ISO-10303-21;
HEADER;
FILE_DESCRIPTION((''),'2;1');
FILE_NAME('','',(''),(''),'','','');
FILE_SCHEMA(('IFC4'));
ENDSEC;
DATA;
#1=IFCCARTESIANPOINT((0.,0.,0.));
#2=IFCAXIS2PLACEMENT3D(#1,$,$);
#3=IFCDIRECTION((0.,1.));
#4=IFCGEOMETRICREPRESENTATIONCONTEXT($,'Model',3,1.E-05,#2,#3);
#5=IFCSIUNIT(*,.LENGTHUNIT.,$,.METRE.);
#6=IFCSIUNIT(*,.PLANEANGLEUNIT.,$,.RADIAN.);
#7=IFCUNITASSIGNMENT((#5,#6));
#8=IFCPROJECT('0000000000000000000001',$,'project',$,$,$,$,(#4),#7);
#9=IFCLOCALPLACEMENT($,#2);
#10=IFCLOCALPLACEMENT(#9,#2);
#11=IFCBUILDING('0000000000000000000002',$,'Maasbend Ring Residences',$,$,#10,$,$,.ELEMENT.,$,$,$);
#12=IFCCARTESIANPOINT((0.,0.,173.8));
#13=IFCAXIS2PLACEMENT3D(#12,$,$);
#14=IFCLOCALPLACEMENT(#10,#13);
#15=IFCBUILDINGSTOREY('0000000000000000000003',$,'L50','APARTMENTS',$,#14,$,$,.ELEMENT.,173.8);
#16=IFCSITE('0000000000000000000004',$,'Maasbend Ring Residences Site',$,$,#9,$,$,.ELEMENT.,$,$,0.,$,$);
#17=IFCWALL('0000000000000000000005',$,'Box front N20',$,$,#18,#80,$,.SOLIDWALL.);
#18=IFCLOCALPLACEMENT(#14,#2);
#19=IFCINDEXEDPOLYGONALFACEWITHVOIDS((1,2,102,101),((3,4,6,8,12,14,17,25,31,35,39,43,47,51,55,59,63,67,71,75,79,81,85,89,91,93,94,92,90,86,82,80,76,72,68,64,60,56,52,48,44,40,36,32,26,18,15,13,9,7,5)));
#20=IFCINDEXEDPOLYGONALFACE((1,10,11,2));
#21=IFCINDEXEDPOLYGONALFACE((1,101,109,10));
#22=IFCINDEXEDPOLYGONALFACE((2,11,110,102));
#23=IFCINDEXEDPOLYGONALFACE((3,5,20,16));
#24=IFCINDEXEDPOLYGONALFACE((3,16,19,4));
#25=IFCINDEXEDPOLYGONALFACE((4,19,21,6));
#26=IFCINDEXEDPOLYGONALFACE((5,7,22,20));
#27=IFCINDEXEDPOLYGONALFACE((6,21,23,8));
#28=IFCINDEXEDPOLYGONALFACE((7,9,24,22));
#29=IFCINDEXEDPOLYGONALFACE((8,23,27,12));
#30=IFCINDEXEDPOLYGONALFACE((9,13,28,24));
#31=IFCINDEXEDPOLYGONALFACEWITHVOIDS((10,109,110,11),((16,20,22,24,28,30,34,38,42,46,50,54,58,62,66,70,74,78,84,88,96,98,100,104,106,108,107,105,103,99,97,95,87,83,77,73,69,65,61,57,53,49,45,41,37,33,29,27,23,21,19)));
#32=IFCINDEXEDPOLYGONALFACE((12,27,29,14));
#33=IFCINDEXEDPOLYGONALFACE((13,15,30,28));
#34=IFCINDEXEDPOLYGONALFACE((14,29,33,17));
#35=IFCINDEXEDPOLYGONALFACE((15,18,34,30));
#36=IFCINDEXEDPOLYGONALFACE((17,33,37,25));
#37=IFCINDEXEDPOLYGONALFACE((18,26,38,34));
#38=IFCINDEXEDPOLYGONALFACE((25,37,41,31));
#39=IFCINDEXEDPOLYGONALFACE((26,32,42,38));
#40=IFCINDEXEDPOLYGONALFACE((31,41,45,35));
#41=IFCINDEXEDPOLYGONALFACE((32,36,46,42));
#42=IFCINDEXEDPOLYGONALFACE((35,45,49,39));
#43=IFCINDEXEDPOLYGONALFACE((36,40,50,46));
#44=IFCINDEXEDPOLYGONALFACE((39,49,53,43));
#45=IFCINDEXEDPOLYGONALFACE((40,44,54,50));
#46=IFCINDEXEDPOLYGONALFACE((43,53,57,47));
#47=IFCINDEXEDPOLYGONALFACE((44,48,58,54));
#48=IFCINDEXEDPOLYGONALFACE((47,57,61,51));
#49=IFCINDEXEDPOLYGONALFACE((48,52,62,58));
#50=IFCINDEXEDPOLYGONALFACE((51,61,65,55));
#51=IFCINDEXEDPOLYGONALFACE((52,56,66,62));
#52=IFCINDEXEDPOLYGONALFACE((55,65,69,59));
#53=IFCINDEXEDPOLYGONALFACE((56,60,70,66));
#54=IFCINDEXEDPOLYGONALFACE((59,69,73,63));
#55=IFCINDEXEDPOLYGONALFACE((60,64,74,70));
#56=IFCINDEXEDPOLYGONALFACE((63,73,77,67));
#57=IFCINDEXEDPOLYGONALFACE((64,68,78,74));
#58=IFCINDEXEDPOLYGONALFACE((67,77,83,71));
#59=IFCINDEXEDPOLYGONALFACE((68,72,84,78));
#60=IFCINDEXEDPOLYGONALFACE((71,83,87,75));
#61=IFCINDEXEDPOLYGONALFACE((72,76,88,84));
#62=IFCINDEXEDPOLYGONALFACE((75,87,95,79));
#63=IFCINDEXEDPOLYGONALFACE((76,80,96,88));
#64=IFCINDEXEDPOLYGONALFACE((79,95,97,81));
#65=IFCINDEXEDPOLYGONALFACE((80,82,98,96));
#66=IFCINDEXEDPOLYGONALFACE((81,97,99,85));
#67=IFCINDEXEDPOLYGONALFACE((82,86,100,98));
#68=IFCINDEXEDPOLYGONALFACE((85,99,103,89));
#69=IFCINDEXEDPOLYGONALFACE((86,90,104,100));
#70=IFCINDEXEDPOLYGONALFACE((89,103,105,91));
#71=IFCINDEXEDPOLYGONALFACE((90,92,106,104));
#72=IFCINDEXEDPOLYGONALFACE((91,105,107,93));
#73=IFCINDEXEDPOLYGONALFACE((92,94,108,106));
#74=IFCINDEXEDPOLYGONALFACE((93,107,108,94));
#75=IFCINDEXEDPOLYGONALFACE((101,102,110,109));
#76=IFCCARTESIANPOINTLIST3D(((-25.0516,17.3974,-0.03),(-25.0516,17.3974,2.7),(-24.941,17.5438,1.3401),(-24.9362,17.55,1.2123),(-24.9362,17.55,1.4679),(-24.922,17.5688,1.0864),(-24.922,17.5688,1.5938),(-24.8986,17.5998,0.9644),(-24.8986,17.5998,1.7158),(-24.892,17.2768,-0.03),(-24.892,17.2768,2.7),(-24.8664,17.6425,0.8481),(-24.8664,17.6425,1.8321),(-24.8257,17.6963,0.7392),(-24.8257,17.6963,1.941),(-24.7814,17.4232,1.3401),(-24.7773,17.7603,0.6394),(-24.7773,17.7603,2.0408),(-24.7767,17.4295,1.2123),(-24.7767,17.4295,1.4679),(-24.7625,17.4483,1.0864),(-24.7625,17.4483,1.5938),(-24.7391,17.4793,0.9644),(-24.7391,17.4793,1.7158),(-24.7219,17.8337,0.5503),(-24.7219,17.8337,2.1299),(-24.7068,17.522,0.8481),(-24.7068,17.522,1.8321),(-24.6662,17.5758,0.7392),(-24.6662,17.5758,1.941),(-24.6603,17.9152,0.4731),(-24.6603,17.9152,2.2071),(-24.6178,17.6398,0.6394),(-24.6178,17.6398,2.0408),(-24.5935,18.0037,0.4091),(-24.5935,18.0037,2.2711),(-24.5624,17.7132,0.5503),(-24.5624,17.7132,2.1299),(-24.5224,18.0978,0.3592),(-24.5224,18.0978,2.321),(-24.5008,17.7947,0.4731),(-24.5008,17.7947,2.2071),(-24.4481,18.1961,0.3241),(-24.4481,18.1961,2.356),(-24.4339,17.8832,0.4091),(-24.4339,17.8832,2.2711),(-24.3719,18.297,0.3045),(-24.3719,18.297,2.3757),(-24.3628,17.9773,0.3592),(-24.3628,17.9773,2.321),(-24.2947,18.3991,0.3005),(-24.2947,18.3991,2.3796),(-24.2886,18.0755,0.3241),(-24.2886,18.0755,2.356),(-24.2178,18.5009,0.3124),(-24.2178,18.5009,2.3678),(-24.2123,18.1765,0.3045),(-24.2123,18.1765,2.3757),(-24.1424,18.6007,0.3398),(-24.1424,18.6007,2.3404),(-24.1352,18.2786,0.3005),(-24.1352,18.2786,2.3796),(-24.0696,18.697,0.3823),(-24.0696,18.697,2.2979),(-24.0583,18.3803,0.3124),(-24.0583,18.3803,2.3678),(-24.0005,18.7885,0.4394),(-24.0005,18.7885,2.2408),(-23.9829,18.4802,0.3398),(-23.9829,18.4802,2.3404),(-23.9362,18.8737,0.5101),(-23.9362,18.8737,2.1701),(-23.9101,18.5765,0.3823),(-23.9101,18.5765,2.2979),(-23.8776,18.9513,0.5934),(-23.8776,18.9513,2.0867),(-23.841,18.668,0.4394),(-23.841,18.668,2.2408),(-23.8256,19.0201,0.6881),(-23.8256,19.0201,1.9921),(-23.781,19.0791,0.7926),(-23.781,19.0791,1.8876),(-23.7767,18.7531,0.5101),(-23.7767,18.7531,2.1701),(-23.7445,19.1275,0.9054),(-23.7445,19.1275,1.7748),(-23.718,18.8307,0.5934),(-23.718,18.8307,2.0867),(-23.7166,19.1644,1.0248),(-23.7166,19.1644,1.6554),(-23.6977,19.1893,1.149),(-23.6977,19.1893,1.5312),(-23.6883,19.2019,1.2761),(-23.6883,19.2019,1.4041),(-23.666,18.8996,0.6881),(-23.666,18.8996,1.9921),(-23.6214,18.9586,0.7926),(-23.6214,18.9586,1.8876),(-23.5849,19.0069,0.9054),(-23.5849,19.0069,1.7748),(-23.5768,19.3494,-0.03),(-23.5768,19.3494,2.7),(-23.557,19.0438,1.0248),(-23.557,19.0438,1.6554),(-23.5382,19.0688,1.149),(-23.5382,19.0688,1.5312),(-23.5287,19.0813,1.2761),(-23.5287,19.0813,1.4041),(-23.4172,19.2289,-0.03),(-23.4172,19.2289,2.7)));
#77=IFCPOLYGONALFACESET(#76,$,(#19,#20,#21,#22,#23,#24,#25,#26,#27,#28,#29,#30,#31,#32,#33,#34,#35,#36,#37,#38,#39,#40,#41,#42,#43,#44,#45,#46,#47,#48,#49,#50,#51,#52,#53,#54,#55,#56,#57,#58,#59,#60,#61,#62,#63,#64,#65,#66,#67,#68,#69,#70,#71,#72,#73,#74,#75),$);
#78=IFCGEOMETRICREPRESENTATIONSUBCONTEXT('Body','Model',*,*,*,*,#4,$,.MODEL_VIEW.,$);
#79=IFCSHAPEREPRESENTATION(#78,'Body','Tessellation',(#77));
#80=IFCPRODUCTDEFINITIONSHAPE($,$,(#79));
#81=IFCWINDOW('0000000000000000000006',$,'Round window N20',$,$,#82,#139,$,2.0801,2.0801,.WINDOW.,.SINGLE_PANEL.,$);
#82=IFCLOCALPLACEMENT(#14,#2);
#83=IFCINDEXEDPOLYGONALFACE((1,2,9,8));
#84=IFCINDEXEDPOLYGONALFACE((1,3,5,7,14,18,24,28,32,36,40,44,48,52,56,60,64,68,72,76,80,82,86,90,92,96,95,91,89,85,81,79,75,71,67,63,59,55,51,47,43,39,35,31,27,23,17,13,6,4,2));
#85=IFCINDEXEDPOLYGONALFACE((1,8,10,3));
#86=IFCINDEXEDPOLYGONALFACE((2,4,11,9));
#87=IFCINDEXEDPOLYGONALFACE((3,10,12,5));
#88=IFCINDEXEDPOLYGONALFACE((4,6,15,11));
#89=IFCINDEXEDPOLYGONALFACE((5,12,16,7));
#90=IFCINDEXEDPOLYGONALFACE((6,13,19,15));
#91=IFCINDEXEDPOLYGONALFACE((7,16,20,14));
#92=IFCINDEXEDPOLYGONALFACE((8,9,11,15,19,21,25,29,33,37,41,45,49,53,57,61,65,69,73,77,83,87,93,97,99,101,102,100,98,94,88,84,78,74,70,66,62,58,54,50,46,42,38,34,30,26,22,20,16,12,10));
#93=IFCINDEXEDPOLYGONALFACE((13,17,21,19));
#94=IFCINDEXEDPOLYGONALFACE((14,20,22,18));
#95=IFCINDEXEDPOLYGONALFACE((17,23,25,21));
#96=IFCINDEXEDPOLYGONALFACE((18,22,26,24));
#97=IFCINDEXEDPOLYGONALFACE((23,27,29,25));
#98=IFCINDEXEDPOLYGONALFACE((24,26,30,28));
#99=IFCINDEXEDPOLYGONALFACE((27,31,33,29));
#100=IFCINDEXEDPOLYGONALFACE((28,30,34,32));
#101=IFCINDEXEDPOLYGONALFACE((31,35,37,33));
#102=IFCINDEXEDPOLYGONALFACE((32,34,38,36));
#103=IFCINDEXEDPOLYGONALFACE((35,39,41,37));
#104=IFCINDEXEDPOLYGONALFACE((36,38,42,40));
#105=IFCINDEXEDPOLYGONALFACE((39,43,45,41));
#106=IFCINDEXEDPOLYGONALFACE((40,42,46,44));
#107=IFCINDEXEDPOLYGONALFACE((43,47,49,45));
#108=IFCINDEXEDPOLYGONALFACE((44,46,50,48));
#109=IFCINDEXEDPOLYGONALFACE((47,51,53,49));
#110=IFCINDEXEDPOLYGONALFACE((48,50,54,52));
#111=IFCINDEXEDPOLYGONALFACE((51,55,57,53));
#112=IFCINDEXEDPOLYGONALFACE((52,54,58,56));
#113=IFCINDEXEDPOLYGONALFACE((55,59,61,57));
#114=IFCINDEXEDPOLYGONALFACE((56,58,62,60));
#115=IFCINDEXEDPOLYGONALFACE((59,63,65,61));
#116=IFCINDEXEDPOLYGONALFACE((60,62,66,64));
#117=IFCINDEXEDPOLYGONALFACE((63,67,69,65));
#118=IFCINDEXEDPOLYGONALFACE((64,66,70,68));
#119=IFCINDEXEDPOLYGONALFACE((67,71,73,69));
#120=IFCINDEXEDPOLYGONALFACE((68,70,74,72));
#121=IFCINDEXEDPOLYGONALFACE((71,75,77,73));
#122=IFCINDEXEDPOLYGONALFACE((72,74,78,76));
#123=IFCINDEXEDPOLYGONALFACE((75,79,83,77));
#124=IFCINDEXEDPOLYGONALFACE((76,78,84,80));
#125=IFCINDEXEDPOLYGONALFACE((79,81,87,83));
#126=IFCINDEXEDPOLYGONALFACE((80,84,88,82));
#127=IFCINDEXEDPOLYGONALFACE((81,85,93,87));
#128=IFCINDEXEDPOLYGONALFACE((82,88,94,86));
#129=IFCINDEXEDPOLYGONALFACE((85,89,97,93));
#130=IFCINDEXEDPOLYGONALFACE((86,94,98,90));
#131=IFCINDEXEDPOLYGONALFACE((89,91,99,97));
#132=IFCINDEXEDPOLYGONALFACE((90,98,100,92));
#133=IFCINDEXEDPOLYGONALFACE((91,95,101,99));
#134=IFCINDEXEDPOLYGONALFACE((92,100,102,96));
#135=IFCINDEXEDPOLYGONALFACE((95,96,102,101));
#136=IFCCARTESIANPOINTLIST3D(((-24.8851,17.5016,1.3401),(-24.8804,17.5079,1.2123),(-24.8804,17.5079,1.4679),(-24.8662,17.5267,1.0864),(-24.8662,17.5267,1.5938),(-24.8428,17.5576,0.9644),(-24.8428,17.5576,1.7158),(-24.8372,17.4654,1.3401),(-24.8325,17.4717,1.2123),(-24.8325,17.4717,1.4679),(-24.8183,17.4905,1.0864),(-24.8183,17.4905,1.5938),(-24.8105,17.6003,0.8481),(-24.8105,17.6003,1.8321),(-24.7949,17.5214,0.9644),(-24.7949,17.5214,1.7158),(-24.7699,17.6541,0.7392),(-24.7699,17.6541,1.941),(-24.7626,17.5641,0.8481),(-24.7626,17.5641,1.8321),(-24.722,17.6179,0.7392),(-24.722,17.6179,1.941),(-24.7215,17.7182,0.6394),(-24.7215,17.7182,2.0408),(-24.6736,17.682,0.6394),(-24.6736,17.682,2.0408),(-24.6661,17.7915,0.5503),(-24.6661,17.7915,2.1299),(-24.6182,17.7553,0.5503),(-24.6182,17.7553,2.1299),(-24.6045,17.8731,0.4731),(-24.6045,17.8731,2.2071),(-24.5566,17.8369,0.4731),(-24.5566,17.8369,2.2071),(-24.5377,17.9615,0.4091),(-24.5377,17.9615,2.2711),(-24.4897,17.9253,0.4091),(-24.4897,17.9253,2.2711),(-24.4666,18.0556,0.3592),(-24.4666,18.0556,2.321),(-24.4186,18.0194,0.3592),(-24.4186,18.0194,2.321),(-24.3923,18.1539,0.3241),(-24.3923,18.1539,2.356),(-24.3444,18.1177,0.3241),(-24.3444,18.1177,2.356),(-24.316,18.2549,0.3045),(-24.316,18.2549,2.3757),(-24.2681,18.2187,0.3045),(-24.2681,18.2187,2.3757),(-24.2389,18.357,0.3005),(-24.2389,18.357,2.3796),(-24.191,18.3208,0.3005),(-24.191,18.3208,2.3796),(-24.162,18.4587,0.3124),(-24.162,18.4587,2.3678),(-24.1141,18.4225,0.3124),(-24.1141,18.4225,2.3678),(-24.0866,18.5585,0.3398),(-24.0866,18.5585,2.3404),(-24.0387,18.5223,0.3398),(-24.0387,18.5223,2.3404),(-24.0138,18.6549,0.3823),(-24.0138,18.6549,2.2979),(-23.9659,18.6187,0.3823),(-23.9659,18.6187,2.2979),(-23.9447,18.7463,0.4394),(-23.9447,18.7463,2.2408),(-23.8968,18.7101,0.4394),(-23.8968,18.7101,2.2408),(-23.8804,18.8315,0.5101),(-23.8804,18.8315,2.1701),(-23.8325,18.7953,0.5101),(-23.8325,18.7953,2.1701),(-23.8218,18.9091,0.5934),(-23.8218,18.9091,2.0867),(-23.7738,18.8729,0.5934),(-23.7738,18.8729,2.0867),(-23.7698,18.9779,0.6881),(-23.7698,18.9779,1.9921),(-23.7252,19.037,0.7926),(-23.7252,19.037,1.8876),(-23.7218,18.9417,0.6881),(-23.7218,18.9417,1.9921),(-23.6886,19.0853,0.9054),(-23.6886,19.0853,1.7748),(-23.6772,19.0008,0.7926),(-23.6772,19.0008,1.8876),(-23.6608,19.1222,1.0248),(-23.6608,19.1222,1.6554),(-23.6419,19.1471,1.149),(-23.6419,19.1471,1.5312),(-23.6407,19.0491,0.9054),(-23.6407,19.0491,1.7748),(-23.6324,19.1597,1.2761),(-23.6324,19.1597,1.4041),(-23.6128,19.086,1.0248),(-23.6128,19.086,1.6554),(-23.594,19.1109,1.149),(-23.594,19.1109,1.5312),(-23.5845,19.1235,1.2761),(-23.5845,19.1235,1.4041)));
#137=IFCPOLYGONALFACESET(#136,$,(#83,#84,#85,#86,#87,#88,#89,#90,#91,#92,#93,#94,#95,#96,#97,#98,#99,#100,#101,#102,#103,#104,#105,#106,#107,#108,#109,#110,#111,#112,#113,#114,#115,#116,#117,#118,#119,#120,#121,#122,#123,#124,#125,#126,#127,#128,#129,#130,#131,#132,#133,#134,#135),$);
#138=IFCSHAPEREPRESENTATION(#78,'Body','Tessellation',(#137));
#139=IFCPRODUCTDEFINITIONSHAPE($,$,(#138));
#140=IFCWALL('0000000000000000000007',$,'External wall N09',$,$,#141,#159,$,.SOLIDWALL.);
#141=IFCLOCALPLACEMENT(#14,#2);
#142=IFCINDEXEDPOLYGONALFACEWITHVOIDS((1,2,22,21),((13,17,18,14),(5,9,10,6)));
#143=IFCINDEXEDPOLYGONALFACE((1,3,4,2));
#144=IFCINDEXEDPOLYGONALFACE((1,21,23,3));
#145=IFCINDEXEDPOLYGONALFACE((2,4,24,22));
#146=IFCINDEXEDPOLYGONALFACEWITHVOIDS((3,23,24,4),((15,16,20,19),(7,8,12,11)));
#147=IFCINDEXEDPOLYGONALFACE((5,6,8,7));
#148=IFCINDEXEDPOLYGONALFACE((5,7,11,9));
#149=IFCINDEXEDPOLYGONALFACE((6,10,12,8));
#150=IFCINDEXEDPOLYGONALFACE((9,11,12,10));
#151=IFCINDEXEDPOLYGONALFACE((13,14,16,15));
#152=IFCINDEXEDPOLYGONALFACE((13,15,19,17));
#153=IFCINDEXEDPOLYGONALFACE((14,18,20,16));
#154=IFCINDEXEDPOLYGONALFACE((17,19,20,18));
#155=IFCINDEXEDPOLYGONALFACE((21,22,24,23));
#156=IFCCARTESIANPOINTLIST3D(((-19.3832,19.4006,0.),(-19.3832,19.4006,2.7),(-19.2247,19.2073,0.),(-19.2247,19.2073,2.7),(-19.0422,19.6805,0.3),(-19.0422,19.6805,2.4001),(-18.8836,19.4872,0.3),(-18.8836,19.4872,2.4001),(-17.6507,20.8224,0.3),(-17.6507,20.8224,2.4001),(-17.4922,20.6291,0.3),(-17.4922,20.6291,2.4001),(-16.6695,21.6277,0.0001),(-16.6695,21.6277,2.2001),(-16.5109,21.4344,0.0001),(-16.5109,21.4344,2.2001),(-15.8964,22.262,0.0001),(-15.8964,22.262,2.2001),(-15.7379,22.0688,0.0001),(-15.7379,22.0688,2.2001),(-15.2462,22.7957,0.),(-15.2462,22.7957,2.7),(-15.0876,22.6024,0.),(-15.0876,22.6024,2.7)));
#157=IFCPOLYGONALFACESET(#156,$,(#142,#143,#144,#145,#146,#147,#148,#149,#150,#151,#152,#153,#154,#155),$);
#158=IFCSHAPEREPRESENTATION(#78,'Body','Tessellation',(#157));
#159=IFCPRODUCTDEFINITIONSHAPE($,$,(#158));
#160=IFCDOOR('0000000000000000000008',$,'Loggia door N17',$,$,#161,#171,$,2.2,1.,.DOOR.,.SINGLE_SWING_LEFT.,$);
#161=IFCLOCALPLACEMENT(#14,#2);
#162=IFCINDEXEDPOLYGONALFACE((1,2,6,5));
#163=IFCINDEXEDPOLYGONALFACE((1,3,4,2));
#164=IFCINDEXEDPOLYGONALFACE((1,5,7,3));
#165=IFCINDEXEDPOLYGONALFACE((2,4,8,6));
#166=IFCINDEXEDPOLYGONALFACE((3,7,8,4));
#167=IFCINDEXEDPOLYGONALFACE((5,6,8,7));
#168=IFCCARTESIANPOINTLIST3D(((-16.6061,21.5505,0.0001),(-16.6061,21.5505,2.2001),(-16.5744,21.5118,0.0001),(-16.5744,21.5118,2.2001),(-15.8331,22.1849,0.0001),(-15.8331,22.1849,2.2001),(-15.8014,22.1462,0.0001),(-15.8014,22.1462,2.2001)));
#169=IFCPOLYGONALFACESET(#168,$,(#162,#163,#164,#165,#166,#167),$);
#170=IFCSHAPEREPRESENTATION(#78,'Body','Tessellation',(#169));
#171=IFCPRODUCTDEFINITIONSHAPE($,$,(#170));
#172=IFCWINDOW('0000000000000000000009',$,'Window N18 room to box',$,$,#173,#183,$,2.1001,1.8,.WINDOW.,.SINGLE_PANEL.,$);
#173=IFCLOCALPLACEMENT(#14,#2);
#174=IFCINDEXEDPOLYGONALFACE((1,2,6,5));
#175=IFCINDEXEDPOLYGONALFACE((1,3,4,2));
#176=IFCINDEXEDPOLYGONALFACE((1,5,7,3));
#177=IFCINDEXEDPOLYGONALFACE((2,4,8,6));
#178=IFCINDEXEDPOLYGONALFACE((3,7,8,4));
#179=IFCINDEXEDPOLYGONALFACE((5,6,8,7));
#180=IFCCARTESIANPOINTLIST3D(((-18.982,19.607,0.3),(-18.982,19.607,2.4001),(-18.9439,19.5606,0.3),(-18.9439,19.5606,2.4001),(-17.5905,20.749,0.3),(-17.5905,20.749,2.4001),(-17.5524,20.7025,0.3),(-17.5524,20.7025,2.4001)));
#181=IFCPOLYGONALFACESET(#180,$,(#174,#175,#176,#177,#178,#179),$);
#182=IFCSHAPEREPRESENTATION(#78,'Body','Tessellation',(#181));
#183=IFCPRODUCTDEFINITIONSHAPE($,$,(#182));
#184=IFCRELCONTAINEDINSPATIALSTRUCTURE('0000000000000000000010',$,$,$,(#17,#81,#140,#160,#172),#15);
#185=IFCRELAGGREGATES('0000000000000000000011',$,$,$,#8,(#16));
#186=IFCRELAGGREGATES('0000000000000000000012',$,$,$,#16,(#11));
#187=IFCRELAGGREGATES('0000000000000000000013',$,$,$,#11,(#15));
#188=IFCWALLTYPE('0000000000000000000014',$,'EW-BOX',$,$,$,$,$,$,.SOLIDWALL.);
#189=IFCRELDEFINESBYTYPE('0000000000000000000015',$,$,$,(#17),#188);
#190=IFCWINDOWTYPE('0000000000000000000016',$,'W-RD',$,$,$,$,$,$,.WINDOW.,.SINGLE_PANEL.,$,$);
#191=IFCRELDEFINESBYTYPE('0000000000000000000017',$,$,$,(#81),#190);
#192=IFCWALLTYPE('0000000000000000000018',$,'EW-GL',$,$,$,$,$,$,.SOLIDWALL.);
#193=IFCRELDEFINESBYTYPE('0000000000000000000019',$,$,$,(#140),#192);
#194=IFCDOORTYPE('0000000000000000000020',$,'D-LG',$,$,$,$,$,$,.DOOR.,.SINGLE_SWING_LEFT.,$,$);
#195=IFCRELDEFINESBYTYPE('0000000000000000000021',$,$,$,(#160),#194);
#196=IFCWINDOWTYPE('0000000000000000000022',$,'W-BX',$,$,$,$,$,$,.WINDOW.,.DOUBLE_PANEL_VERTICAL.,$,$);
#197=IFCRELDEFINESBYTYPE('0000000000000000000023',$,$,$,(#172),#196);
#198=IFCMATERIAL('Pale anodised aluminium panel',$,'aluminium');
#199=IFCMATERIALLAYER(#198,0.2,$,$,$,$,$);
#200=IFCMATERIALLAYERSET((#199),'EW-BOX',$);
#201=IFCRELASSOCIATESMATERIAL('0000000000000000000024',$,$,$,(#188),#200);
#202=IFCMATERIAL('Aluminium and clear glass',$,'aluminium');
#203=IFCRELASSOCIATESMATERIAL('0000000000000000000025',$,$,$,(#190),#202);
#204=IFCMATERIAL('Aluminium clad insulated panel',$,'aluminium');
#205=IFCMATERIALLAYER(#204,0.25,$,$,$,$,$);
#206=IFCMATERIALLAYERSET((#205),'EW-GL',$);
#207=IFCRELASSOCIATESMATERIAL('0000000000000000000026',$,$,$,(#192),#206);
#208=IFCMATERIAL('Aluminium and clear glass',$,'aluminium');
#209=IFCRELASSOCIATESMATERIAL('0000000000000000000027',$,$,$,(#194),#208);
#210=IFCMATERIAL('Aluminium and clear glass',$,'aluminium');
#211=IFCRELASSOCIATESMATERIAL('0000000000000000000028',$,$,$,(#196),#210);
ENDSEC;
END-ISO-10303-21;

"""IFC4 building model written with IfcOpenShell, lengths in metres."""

from ifc_helpers import new_model, si_unit, direction, frame, frame_2d, origin, place, context, subcontext, project, spatial, rectangle, circle, extrude, material, layer, layer_set, type_object, element, fill, save


model = new_model("IFC4")

# Units and contexts
model_context = context("Model", 3, precision=1e-05, world=origin(), true_north=direction((0.0, 1.0)))
body_context = subcontext(model_context, "Body", "Model", "MODEL_VIEW")
ifc_project = project(units=[si_unit("LENGTHUNIT", "METRE"), si_unit("PLANEANGLEUNIT", "RADIAN")], contexts=[model_context])

# Site, building, storey
site_placement = place(None, origin())
site = spatial("IfcSite", under=ifc_project, at=site_placement, Name="Maasbend Ring Residences Site", CompositionType="ELEMENT", RefElevation=0.0)
building_placement = place(site_placement, origin())
building = spatial("IfcBuilding", under=site, at=building_placement, Name="Maasbend Ring Residences", CompositionType="ELEMENT")
storey_placement = place(building_placement, frame((0.0, 0.0, 173.8)))
storey = spatial("IfcBuildingStorey", under=building, at=storey_placement, Name="L50", Description="APARTMENTS", CompositionType="ELEMENT", Elevation=173.8)

# Shared definitions
ifc_material_1 = material(Name="Pale anodised aluminium panel", Category="aluminium")
ifc_layer_1 = layer(ifc_material_1, 0.2)
ifc_layer_set_1 = layer_set([ifc_layer_1], Name="EW-BOX")
wall_type_1 = type_object("IfcWallType", Name="EW-BOX", PredefinedType="SOLIDWALL", material=ifc_layer_set_1)
ifc_material_2 = material(Name="Aluminium and clear glass", Category="aluminium")
window_type_1 = type_object("IfcWindowType", Name="W-RD", PartitioningType="SINGLE_PANEL", PredefinedType="WINDOW", material=ifc_material_2)

# Wall, opening, window
wall_1_placement = place(storey_placement, frame((-23.4971, 19.2891, -0.03), z_axis=(0.0, 0.0, 1.0), x_axis=(-0.602806, -0.797888, 0.0)))
wall_1 = element("IfcWall", 1, at=wall_1_placement, inside=storey, type_object=wall_type_1, Name="Box front N20", PredefinedType="SOLIDWALL", context=body_context, shape_type="SweptSolid", body=[
    extrude(rectangle(XDim=2.4465, YDim=0.2, at=frame_2d((1.2231, 0.0))), origin(), (0.0, 0.0, 1.0), 2.73),
])
opening_1_placement = place(wall_1_placement, frame((0.1829, 0.0, 0.3301)))
opening_1 = element("IfcOpeningElement", 2, at=opening_1_placement, cuts=wall_1, PredefinedType="OPENING", context=body_context, shape_type="SweptSolid", body=[
    extrude(circle(Radius=1.04, at=frame_2d((1.04, 1.04))), frame((0.0, 0.1099, 0.0), z_axis=(0.0, -1.0, 0.0), x_axis=(1.0, 0.0, 0.0)), (0.0, 0.0, 1.0), 0.22),
])
window_1_placement = place(opening_1_placement, origin())
window_1 = element("IfcWindow", 3, at=window_1_placement, inside=storey, type_object=window_type_1, Name="Round window N20", OverallHeight=2.0801, OverallWidth=2.0801, PartitioningType="SINGLE_PANEL", PredefinedType="WINDOW", context=body_context, shape_type="SweptSolid", body=[
    extrude(circle(Radius=1.04, at=frame_2d((1.04, 1.04))), frame((0.0, 0.03, 0.0), z_axis=(0.0, -1.0, 0.0), x_axis=(1.0, 0.0, 0.0)), (0.0, 0.0, 1.0), 0.0601),
])
fill(opening_1, window_1)

# Wall, openings, door, window
ifc_material_3 = material(Name="Aluminium clad insulated panel", Category="aluminium")
ifc_layer_2 = layer(ifc_material_3, 0.25)
ifc_layer_set_2 = layer_set([ifc_layer_2], Name="EW-GL")
wall_type_2 = type_object("IfcWallType", Name="EW-GL", PredefinedType="SOLIDWALL", material=ifc_layer_set_2)
wall_2_placement = place(storey_placement, frame((-15.167, 22.699, 0.0), z_axis=(0.0, 0.0, 1.0), x_axis=(-0.773019, -0.634382, 0.0)))
wall_2 = element("IfcWall", 4, at=wall_2_placement, inside=storey, type_object=wall_type_2, Name="External wall N09", PredefinedType="SOLIDWALL", context=body_context, shape_type="SweptSolid", body=[
    extrude(rectangle(XDim=5.3518, YDim=0.25, at=frame_2d((2.6758, 0.0))), origin(), (0.0, 0.0, 1.0), 2.7),
])
opening_2_placement = place(wall_2_placement, frame((0.8411, 0.0, 0.0)))
opening_2 = element("IfcOpeningElement", 5, at=opening_2_placement, cuts=wall_2, PredefinedType="OPENING", context=body_context, shape_type="SweptSolid", body=[
    extrude(rectangle(XDim=1.0, YDim=2.2, at=frame_2d((0.5, 1.1001))), frame((0.0, 0.135, 0.0), z_axis=(0.0, -1.0, 0.0), x_axis=(1.0, 0.0, 0.0)), (0.0, 0.0, 1.0), 0.27),
])
opening_3_placement = place(wall_2_placement, frame((3.1106, 0.0, 0.3)))
opening_3 = element("IfcOpeningElement", 6, at=opening_3_placement, cuts=wall_2, PredefinedType="OPENING", context=body_context, shape_type="SweptSolid", body=[
    extrude(rectangle(XDim=1.8, YDim=2.1001, at=frame_2d((0.8999, 1.05))), frame((0.0, 0.135, 0.0), z_axis=(0.0, -1.0, 0.0), x_axis=(1.0, 0.0, 0.0)), (0.0, 0.0, 1.0), 0.27),
])
ifc_material_4 = material(Name="Aluminium and clear glass", Category="aluminium")
door_type_1 = type_object("IfcDoorType", Name="D-LG", OperationType="SINGLE_SWING_LEFT", PredefinedType="DOOR", material=ifc_material_4)
door_1_placement = place(opening_2_placement, origin())
door_1 = element("IfcDoor", 7, at=door_1_placement, inside=storey, type_object=door_type_1, Name="Loggia door N17", OperationType="SINGLE_SWING_LEFT", OverallHeight=2.2, OverallWidth=1.0, PredefinedType="DOOR", context=body_context, shape_type="SweptSolid", body=[
    extrude(rectangle(XDim=1.0, YDim=2.2, at=frame_2d((0.5, 1.1001))), frame((0.0, 0.0249, 0.0), z_axis=(0.0, -1.0, 0.0), x_axis=(1.0, 0.0, 0.0)), (0.0, 0.0, 1.0), 0.05),
])
fill(opening_2, door_1)
ifc_material_5 = material(Name="Aluminium and clear glass", Category="aluminium")
window_type_2 = type_object("IfcWindowType", Name="W-BX", PartitioningType="DOUBLE_PANEL_VERTICAL", PredefinedType="WINDOW", material=ifc_material_5)
window_2_placement = place(opening_3_placement, origin())
window_2 = element("IfcWindow", 8, at=window_2_placement, inside=storey, type_object=window_type_2, Name="Window N18 room to box", OverallHeight=2.1001, OverallWidth=1.8, PartitioningType="SINGLE_PANEL", PredefinedType="WINDOW", context=body_context, shape_type="SweptSolid", body=[
    extrude(rectangle(XDim=1.8, YDim=2.1001, at=frame_2d((0.8999, 1.05))), frame((0.0, 0.03, 0.0), z_axis=(0.0, -1.0, 0.0), x_axis=(1.0, 0.0, 0.0)), (0.0, 0.0, 1.0), 0.0601),
])
fill(opening_3, window_2)

save(model, "model.ifc")
